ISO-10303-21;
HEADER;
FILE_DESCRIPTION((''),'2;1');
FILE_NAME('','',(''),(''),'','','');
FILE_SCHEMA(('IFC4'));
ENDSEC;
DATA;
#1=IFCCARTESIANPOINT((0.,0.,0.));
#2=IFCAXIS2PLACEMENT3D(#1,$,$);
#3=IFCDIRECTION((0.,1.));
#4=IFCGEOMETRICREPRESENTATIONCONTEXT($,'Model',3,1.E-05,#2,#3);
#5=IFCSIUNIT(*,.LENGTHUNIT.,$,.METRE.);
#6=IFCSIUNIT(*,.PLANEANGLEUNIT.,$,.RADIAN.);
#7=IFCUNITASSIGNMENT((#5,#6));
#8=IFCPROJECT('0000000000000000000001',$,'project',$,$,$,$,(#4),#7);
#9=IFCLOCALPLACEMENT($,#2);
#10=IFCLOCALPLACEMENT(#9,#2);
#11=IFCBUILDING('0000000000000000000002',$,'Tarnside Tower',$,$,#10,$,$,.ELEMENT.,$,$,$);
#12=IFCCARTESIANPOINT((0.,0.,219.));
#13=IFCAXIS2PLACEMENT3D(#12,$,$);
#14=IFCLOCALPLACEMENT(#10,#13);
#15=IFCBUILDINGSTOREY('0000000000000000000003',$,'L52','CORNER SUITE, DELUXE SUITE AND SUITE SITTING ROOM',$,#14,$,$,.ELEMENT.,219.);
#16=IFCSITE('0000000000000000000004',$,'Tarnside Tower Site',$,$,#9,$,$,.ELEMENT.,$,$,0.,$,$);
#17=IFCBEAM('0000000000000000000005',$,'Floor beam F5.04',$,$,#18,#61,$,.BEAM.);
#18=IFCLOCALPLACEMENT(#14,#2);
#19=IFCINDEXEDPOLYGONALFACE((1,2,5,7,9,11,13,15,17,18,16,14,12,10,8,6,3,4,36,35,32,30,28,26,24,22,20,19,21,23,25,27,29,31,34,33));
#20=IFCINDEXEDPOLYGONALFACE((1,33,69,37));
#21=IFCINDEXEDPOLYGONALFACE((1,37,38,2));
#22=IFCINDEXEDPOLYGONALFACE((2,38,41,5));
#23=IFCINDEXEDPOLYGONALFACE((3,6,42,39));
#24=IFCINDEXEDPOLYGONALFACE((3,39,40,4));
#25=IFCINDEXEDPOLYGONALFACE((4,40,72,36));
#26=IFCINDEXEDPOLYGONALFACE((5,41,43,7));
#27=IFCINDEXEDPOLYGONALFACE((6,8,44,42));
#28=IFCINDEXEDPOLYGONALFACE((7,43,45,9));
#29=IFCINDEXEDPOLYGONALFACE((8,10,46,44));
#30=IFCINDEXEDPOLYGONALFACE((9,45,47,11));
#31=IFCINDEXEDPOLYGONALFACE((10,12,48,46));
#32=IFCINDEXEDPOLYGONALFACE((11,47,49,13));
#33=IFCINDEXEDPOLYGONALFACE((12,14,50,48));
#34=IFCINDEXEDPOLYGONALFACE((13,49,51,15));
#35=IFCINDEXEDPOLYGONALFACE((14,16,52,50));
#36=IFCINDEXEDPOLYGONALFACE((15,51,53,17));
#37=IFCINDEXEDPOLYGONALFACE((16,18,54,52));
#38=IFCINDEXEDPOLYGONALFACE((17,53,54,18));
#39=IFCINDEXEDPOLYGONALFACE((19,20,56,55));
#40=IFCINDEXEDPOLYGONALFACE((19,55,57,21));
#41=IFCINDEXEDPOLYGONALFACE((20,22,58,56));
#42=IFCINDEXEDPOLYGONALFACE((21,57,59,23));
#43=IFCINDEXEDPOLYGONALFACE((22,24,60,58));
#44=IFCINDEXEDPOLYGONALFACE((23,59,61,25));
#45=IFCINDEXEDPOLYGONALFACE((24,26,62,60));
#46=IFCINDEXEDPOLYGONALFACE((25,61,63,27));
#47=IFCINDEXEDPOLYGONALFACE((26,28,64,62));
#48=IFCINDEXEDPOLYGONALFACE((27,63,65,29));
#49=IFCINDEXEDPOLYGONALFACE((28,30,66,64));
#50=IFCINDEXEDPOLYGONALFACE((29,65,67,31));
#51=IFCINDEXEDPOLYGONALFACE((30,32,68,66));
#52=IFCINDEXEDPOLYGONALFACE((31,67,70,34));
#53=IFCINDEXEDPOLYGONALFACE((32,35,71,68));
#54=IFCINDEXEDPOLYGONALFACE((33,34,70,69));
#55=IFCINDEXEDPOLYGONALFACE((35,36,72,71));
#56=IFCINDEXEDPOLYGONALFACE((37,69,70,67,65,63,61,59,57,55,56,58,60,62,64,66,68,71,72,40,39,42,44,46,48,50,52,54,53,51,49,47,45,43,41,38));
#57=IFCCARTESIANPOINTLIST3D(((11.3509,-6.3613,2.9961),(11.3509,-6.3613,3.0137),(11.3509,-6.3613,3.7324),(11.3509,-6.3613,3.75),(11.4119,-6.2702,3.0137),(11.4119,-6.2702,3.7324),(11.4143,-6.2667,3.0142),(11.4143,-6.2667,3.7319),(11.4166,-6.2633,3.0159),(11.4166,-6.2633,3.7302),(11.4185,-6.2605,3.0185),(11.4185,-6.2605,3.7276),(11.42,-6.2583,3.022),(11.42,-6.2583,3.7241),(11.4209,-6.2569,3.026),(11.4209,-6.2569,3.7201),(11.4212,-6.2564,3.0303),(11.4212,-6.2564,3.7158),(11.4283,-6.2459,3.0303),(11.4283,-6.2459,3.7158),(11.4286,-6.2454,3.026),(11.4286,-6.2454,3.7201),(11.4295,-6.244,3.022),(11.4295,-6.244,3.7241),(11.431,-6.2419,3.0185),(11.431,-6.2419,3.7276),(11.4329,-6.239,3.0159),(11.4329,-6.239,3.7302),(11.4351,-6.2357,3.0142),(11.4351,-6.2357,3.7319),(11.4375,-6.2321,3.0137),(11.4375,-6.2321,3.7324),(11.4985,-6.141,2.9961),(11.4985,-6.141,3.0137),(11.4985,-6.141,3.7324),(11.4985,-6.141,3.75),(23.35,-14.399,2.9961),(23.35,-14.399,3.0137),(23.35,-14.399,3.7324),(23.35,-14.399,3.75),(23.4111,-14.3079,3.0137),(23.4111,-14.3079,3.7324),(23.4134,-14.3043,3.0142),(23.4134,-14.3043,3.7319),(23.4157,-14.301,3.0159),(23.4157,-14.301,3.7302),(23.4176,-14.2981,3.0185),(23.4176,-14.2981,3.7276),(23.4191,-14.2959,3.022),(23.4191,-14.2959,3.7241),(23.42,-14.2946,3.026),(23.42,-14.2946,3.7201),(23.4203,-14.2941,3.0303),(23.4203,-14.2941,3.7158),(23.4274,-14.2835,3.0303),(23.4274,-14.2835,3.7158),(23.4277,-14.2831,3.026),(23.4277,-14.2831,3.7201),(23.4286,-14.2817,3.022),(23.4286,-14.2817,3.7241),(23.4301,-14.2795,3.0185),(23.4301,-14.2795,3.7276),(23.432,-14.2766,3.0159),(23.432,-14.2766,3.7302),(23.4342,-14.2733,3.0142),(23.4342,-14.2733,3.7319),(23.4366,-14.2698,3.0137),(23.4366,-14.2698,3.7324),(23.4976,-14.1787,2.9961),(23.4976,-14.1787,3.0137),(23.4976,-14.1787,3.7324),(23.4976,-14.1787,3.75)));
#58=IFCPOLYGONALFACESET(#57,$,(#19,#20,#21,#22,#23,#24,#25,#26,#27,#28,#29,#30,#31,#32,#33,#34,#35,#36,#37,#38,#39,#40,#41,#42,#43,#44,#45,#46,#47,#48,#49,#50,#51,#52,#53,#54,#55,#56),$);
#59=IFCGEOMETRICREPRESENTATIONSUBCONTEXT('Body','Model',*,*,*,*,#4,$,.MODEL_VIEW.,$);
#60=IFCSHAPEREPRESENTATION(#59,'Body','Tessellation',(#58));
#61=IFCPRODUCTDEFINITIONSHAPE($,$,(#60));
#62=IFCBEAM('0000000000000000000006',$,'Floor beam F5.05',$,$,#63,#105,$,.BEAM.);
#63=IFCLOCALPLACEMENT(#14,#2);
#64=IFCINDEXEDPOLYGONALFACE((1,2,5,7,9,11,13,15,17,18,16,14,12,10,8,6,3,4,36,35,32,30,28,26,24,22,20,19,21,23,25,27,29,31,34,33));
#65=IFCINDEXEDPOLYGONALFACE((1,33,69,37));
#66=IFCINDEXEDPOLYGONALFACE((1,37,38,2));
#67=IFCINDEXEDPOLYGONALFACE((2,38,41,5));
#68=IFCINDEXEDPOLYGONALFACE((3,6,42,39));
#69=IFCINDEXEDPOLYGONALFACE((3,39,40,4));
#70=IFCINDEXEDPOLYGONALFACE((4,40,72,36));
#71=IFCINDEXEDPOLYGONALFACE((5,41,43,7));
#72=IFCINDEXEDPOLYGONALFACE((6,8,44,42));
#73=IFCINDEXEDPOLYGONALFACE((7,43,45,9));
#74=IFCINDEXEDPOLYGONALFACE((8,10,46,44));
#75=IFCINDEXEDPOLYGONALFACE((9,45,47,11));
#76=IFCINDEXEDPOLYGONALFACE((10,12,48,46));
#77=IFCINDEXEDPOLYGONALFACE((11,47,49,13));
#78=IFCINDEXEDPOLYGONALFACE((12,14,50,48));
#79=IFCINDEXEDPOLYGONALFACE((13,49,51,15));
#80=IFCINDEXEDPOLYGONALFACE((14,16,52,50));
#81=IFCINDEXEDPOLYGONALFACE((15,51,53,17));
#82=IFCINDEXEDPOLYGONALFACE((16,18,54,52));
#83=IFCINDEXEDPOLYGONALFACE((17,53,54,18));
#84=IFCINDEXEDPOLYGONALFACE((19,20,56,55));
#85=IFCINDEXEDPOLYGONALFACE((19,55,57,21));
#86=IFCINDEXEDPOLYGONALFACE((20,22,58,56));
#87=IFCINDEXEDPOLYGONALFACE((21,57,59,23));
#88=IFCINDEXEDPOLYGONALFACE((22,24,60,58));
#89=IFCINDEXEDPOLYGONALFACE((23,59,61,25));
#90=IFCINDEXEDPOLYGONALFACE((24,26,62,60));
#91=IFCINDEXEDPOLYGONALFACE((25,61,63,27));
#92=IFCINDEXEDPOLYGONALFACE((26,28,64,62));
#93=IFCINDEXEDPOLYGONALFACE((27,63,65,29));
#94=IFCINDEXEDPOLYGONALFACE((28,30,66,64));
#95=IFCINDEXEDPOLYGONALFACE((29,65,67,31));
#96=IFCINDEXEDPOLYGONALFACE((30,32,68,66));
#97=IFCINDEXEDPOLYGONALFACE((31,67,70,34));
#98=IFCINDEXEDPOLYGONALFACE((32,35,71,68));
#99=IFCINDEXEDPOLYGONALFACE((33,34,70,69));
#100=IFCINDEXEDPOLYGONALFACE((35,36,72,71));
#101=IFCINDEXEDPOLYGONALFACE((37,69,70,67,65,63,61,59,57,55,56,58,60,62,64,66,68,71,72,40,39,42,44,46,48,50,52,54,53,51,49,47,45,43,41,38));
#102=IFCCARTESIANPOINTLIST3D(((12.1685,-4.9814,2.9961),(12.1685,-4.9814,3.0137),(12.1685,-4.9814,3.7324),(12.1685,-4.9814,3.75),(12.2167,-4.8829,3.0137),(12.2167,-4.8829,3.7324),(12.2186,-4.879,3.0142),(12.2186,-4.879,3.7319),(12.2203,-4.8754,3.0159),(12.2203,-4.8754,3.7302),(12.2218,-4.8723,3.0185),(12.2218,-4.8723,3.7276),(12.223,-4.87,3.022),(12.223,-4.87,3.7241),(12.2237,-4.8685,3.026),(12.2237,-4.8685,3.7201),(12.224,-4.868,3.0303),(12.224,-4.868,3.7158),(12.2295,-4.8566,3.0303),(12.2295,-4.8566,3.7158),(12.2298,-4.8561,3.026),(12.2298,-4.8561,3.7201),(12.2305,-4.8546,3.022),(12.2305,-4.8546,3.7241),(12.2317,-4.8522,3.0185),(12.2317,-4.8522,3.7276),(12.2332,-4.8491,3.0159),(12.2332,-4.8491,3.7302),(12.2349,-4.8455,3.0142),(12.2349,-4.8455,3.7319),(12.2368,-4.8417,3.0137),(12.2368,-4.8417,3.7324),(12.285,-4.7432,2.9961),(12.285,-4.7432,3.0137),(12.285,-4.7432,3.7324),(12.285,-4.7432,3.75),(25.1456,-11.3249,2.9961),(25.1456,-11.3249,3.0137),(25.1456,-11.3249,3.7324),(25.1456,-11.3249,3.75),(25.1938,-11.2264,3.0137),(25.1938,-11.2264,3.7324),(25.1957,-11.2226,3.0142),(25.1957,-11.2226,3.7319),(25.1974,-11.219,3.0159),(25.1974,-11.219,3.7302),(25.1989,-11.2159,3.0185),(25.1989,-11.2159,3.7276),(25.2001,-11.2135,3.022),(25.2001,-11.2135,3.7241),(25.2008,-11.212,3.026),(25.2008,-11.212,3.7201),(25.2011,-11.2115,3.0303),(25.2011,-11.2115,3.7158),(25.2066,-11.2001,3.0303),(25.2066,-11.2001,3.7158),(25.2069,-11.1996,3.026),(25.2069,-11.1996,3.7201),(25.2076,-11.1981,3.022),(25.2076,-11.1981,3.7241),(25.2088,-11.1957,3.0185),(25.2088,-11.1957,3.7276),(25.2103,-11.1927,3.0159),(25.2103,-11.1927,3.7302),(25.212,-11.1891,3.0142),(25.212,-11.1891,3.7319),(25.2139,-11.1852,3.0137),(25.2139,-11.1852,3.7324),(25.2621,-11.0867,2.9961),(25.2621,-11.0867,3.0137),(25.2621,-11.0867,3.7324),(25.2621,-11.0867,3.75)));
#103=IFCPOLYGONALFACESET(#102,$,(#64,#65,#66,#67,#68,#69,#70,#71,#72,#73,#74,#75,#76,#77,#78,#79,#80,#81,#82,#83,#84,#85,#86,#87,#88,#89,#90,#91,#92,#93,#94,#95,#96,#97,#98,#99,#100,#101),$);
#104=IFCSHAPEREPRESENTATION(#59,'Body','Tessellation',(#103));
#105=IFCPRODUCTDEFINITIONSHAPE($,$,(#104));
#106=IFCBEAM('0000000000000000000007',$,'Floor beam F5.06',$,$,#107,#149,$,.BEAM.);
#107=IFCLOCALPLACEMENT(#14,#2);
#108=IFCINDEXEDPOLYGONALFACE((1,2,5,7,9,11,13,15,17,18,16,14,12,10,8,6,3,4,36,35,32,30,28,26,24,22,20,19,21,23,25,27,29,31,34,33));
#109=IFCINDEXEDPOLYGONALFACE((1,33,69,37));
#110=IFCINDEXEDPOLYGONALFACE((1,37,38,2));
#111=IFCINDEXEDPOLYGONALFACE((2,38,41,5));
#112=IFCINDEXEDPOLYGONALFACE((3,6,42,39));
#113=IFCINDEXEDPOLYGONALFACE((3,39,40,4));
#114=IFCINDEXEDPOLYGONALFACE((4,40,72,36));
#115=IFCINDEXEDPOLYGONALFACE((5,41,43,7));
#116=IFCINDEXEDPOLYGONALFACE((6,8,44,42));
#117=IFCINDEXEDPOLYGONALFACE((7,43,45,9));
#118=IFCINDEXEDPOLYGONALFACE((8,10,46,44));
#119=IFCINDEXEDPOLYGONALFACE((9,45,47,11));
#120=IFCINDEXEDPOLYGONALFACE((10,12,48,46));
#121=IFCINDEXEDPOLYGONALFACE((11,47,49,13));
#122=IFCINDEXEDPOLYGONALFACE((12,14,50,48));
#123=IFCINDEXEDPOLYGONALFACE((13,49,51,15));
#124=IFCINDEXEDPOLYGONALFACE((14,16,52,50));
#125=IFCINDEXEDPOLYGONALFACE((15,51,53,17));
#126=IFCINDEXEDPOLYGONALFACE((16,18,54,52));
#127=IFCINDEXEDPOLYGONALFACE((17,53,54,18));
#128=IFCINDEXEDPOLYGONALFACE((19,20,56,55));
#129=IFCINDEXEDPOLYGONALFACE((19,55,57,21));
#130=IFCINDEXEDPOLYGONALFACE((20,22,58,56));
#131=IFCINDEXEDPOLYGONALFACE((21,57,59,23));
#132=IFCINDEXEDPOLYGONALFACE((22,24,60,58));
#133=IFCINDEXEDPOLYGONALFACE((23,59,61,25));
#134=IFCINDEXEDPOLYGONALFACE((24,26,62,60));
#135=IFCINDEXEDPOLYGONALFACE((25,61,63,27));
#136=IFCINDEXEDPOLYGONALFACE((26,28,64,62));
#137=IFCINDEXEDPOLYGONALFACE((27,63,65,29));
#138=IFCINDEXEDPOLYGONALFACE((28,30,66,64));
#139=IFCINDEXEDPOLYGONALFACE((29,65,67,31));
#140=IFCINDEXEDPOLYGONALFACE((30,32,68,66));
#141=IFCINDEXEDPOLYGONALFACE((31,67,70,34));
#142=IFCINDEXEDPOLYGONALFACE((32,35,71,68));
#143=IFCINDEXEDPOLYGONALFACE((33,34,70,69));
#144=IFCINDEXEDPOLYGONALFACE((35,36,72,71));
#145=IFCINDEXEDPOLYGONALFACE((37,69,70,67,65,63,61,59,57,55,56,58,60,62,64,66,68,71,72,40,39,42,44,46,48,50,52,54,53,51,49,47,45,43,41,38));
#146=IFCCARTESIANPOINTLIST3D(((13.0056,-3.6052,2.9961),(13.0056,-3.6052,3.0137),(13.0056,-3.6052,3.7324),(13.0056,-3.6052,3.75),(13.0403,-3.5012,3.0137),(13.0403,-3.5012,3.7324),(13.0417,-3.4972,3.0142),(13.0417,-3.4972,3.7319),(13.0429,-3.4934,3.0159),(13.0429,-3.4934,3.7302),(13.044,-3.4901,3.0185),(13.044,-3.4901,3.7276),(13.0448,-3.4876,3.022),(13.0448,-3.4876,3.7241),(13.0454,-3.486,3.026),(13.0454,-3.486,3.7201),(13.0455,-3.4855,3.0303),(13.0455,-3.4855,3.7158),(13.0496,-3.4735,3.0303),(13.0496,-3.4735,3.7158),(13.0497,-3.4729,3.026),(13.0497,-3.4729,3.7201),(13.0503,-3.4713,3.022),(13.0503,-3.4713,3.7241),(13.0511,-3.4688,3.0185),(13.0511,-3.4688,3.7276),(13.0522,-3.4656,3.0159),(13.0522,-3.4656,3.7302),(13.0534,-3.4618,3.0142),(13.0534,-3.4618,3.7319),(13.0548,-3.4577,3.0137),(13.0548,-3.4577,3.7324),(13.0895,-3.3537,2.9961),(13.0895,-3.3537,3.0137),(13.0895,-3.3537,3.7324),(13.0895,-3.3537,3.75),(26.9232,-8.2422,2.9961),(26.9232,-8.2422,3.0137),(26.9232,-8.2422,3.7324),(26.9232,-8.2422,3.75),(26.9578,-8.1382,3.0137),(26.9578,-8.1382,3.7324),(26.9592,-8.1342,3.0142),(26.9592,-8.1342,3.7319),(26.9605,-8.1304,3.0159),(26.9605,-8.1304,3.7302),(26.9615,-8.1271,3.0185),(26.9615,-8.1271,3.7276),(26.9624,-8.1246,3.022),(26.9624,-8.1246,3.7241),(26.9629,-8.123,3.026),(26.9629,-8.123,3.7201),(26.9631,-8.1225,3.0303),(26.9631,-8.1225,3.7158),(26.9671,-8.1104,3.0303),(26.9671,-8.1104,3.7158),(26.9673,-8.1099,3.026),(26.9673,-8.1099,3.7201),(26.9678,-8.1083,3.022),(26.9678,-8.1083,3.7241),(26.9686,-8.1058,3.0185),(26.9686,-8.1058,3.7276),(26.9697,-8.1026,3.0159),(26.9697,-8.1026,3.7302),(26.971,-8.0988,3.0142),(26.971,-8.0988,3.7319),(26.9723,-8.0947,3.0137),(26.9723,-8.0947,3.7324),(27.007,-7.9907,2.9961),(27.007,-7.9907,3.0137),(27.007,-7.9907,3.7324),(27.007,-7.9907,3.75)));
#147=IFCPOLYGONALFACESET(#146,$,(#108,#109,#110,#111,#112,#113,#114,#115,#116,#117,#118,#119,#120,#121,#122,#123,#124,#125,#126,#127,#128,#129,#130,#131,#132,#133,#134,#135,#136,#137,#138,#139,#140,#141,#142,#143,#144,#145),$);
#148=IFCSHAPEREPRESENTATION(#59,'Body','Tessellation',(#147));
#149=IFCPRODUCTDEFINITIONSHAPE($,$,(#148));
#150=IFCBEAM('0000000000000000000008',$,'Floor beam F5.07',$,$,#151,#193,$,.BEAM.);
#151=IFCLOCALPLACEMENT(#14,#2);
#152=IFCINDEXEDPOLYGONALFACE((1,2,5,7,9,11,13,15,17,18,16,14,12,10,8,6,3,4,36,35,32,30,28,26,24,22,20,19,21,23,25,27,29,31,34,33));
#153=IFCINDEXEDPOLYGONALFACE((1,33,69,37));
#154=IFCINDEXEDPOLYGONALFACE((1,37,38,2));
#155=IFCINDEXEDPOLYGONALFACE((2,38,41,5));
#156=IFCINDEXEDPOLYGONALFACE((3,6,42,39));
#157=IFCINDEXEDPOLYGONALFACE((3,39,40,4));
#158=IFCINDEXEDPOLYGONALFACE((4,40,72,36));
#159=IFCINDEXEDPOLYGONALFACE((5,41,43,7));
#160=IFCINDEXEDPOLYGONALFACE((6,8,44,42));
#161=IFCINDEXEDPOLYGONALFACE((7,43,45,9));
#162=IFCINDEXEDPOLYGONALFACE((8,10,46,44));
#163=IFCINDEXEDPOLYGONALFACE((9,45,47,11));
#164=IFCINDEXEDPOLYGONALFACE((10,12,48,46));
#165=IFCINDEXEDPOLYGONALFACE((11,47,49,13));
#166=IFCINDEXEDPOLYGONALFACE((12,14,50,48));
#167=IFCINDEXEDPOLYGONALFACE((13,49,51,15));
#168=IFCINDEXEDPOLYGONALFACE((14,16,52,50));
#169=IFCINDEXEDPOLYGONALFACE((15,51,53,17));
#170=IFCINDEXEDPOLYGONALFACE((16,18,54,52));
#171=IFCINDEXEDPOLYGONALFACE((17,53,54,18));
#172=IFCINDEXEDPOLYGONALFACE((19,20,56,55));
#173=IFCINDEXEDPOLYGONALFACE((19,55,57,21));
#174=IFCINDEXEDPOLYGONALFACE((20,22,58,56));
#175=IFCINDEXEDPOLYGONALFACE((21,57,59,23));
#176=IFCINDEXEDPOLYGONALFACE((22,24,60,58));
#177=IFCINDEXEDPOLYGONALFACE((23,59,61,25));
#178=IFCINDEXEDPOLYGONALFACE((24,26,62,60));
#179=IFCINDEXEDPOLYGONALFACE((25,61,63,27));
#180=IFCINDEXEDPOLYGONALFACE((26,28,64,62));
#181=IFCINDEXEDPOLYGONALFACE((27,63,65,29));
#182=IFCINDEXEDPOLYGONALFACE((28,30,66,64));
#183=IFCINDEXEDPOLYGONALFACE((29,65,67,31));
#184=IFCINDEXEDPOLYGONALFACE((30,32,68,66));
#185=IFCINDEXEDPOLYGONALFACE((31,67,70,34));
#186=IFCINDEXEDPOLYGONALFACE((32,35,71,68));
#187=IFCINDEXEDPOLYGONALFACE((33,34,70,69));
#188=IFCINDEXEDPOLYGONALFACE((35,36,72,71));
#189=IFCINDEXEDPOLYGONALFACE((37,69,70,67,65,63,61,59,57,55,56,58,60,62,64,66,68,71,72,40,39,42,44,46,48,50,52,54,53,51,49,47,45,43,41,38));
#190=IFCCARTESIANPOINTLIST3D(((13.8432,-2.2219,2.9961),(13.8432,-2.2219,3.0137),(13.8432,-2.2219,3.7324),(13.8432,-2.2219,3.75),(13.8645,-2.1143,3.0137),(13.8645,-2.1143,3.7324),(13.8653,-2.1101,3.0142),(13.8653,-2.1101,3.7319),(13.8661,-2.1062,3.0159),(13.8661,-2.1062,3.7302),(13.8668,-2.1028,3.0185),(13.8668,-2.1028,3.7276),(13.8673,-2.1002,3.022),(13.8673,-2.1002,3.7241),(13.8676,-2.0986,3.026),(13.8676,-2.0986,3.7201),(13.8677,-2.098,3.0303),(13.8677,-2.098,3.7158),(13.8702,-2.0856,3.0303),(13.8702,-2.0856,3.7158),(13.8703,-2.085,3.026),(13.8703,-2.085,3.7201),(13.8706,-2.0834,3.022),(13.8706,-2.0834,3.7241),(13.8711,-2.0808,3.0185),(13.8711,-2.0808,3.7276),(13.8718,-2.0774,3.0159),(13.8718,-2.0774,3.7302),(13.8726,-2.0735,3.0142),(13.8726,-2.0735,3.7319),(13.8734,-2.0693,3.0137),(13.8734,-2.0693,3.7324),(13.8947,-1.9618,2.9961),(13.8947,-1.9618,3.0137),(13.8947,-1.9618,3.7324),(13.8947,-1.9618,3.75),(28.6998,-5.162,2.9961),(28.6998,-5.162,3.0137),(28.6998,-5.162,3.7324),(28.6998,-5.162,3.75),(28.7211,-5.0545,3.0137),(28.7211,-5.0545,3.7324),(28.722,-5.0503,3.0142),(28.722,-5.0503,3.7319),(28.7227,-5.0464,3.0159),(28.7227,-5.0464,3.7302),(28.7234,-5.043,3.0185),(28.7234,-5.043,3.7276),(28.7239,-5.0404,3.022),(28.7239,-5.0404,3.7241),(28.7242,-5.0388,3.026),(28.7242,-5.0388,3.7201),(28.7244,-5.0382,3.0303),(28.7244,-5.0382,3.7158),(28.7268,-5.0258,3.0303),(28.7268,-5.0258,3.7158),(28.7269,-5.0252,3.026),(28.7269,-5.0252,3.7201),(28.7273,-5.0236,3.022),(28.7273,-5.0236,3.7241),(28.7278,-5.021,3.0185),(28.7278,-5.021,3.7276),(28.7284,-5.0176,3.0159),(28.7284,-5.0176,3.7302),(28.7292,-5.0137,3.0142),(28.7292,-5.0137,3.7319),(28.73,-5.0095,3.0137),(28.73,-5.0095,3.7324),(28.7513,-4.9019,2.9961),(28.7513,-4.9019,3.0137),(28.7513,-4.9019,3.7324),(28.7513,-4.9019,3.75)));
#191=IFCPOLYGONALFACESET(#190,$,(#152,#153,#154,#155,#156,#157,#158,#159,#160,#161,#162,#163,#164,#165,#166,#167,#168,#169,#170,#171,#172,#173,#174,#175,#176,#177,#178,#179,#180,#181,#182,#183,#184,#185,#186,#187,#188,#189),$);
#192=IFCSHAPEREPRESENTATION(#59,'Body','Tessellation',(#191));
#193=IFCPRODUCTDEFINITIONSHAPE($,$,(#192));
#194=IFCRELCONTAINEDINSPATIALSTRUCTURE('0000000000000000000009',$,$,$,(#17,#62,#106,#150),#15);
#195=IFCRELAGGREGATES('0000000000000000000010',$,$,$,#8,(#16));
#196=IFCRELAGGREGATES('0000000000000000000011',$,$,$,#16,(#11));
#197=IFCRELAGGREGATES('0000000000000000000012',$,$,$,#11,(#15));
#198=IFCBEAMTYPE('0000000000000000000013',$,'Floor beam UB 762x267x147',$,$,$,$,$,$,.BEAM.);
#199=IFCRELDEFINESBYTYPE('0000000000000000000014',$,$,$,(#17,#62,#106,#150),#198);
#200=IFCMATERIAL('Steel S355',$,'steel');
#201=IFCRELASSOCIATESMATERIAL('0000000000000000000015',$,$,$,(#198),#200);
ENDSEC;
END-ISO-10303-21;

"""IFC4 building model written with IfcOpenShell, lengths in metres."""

from ifc_helpers import new_model, si_unit, direction, frame, origin, origin_2d, place, context, subcontext, project, spatial, i_section, extrude, material, material_profile, profile_set, type_object, element, save


model = new_model("IFC4")

# Units and contexts
model_context = context("Model", 3, precision=1e-05, world=origin(), true_north=direction((0.0, 1.0)))
body_context = subcontext(model_context, "Body", "Model", "MODEL_VIEW")
ifc_project = project(units=[si_unit("LENGTHUNIT", "METRE"), si_unit("PLANEANGLEUNIT", "RADIAN")], contexts=[model_context])

# Site, building, storey
site_placement = place(None, origin())
site = spatial("IfcSite", under=ifc_project, at=site_placement, Name="Tarnside Tower Site", CompositionType="ELEMENT", RefElevation=0.0)
building_placement = place(site_placement, origin())
building = spatial("IfcBuilding", under=site, at=building_placement, Name="Tarnside Tower", CompositionType="ELEMENT")
storey_placement = place(building_placement, frame((0.0, 0.0, 219.0)))
storey = spatial("IfcBuildingStorey", under=building, at=storey_placement, Name="L52", Description="CORNER SUITE, DELUXE SUITE AND SUITE SITTING ROOM", CompositionType="ELEMENT", Elevation=219.0)

# Beams
ifc_material_1 = material(Name="Steel S355", Category="steel")
ifc_material_profile_1 = material_profile(ifc_material_1, i_section(OverallWidth=0.2651, OverallDepth=0.7539, WebThickness=0.0127, FlangeThickness=0.0176, FilletRadius=0.0166, at=origin_2d()), Name="UB 762x267x147")
ifc_profile_set_1 = profile_set([ifc_material_profile_1], Name="Steel S355")
beam_type_1 = type_object("IfcBeamType", Name="Floor beam UB 762x267x147", PredefinedType="BEAM", material=ifc_profile_set_1)
beam_1_placement = place(storey_placement, frame((23.4238, -14.2888, 3.373), z_axis=(-0.830826, 0.556532, 0.0), x_axis=(-0.556532, -0.830826, 0.0)))
element("IfcBeam", 1, at=beam_1_placement, inside=storey, type_object=beam_type_1, Name="Floor beam F5.04", PredefinedType="BEAM", context=body_context, shape_type="SweptSolid", body=[
    extrude(i_section(OverallWidth=0.2651, OverallDepth=0.7539, WebThickness=0.0127, FlangeThickness=0.0176, FilletRadius=0.0166, at=origin_2d()), origin(), (0.0, 0.0, 1.0), 14.4424),
])
beam_2_placement = place(storey_placement, frame((25.2039, -11.2058, 3.373), z_axis=(-0.898407, 0.439164, 0.0), x_axis=(-0.439164, -0.898407, 0.0)))
element("IfcBeam", 2, at=beam_2_placement, inside=storey, type_object=beam_type_1, Name="Floor beam F5.05", PredefinedType="BEAM", context=body_context, shape_type="SweptSolid", body=[
    extrude(i_section(OverallWidth=0.2651, OverallDepth=0.7539, WebThickness=0.0127, FlangeThickness=0.0176, FilletRadius=0.0166, at=origin_2d()), origin(), (0.0, 0.0, 1.0), 14.4446),
])
beam_3_placement = place(storey_placement, frame((26.9651, -8.1165, 3.373), z_axis=(-0.948728, 0.316093, 0.0), x_axis=(-0.316093, -0.948728, 0.0)))
element("IfcBeam", 3, at=beam_3_placement, inside=storey, type_object=beam_type_1, Name="Floor beam F5.06", PredefinedType="BEAM", context=body_context, shape_type="SweptSolid", body=[
    extrude(i_section(OverallWidth=0.2651, OverallDepth=0.7539, WebThickness=0.0127, FlangeThickness=0.0176, FilletRadius=0.0166, at=origin_2d()), origin(), (0.0, 0.0, 1.0), 14.6697),
])
beam_4_placement = place(storey_placement, frame((28.7256, -5.032, 3.373), z_axis=(-0.980974, 0.194138, 0.0), x_axis=(-0.194138, -0.980974, 0.0)))
element("IfcBeam", 4, at=beam_4_placement, inside=storey, type_object=beam_type_1, Name="Floor beam F5.07", PredefinedType="BEAM", context=body_context, shape_type="SweptSolid", body=[
    extrude(i_section(OverallWidth=0.2651, OverallDepth=0.7539, WebThickness=0.0127, FlangeThickness=0.0176, FilletRadius=0.0166, at=origin_2d()), origin(), (0.0, 0.0, 1.0), 15.1448),
])

save(model, "model.ifc")
